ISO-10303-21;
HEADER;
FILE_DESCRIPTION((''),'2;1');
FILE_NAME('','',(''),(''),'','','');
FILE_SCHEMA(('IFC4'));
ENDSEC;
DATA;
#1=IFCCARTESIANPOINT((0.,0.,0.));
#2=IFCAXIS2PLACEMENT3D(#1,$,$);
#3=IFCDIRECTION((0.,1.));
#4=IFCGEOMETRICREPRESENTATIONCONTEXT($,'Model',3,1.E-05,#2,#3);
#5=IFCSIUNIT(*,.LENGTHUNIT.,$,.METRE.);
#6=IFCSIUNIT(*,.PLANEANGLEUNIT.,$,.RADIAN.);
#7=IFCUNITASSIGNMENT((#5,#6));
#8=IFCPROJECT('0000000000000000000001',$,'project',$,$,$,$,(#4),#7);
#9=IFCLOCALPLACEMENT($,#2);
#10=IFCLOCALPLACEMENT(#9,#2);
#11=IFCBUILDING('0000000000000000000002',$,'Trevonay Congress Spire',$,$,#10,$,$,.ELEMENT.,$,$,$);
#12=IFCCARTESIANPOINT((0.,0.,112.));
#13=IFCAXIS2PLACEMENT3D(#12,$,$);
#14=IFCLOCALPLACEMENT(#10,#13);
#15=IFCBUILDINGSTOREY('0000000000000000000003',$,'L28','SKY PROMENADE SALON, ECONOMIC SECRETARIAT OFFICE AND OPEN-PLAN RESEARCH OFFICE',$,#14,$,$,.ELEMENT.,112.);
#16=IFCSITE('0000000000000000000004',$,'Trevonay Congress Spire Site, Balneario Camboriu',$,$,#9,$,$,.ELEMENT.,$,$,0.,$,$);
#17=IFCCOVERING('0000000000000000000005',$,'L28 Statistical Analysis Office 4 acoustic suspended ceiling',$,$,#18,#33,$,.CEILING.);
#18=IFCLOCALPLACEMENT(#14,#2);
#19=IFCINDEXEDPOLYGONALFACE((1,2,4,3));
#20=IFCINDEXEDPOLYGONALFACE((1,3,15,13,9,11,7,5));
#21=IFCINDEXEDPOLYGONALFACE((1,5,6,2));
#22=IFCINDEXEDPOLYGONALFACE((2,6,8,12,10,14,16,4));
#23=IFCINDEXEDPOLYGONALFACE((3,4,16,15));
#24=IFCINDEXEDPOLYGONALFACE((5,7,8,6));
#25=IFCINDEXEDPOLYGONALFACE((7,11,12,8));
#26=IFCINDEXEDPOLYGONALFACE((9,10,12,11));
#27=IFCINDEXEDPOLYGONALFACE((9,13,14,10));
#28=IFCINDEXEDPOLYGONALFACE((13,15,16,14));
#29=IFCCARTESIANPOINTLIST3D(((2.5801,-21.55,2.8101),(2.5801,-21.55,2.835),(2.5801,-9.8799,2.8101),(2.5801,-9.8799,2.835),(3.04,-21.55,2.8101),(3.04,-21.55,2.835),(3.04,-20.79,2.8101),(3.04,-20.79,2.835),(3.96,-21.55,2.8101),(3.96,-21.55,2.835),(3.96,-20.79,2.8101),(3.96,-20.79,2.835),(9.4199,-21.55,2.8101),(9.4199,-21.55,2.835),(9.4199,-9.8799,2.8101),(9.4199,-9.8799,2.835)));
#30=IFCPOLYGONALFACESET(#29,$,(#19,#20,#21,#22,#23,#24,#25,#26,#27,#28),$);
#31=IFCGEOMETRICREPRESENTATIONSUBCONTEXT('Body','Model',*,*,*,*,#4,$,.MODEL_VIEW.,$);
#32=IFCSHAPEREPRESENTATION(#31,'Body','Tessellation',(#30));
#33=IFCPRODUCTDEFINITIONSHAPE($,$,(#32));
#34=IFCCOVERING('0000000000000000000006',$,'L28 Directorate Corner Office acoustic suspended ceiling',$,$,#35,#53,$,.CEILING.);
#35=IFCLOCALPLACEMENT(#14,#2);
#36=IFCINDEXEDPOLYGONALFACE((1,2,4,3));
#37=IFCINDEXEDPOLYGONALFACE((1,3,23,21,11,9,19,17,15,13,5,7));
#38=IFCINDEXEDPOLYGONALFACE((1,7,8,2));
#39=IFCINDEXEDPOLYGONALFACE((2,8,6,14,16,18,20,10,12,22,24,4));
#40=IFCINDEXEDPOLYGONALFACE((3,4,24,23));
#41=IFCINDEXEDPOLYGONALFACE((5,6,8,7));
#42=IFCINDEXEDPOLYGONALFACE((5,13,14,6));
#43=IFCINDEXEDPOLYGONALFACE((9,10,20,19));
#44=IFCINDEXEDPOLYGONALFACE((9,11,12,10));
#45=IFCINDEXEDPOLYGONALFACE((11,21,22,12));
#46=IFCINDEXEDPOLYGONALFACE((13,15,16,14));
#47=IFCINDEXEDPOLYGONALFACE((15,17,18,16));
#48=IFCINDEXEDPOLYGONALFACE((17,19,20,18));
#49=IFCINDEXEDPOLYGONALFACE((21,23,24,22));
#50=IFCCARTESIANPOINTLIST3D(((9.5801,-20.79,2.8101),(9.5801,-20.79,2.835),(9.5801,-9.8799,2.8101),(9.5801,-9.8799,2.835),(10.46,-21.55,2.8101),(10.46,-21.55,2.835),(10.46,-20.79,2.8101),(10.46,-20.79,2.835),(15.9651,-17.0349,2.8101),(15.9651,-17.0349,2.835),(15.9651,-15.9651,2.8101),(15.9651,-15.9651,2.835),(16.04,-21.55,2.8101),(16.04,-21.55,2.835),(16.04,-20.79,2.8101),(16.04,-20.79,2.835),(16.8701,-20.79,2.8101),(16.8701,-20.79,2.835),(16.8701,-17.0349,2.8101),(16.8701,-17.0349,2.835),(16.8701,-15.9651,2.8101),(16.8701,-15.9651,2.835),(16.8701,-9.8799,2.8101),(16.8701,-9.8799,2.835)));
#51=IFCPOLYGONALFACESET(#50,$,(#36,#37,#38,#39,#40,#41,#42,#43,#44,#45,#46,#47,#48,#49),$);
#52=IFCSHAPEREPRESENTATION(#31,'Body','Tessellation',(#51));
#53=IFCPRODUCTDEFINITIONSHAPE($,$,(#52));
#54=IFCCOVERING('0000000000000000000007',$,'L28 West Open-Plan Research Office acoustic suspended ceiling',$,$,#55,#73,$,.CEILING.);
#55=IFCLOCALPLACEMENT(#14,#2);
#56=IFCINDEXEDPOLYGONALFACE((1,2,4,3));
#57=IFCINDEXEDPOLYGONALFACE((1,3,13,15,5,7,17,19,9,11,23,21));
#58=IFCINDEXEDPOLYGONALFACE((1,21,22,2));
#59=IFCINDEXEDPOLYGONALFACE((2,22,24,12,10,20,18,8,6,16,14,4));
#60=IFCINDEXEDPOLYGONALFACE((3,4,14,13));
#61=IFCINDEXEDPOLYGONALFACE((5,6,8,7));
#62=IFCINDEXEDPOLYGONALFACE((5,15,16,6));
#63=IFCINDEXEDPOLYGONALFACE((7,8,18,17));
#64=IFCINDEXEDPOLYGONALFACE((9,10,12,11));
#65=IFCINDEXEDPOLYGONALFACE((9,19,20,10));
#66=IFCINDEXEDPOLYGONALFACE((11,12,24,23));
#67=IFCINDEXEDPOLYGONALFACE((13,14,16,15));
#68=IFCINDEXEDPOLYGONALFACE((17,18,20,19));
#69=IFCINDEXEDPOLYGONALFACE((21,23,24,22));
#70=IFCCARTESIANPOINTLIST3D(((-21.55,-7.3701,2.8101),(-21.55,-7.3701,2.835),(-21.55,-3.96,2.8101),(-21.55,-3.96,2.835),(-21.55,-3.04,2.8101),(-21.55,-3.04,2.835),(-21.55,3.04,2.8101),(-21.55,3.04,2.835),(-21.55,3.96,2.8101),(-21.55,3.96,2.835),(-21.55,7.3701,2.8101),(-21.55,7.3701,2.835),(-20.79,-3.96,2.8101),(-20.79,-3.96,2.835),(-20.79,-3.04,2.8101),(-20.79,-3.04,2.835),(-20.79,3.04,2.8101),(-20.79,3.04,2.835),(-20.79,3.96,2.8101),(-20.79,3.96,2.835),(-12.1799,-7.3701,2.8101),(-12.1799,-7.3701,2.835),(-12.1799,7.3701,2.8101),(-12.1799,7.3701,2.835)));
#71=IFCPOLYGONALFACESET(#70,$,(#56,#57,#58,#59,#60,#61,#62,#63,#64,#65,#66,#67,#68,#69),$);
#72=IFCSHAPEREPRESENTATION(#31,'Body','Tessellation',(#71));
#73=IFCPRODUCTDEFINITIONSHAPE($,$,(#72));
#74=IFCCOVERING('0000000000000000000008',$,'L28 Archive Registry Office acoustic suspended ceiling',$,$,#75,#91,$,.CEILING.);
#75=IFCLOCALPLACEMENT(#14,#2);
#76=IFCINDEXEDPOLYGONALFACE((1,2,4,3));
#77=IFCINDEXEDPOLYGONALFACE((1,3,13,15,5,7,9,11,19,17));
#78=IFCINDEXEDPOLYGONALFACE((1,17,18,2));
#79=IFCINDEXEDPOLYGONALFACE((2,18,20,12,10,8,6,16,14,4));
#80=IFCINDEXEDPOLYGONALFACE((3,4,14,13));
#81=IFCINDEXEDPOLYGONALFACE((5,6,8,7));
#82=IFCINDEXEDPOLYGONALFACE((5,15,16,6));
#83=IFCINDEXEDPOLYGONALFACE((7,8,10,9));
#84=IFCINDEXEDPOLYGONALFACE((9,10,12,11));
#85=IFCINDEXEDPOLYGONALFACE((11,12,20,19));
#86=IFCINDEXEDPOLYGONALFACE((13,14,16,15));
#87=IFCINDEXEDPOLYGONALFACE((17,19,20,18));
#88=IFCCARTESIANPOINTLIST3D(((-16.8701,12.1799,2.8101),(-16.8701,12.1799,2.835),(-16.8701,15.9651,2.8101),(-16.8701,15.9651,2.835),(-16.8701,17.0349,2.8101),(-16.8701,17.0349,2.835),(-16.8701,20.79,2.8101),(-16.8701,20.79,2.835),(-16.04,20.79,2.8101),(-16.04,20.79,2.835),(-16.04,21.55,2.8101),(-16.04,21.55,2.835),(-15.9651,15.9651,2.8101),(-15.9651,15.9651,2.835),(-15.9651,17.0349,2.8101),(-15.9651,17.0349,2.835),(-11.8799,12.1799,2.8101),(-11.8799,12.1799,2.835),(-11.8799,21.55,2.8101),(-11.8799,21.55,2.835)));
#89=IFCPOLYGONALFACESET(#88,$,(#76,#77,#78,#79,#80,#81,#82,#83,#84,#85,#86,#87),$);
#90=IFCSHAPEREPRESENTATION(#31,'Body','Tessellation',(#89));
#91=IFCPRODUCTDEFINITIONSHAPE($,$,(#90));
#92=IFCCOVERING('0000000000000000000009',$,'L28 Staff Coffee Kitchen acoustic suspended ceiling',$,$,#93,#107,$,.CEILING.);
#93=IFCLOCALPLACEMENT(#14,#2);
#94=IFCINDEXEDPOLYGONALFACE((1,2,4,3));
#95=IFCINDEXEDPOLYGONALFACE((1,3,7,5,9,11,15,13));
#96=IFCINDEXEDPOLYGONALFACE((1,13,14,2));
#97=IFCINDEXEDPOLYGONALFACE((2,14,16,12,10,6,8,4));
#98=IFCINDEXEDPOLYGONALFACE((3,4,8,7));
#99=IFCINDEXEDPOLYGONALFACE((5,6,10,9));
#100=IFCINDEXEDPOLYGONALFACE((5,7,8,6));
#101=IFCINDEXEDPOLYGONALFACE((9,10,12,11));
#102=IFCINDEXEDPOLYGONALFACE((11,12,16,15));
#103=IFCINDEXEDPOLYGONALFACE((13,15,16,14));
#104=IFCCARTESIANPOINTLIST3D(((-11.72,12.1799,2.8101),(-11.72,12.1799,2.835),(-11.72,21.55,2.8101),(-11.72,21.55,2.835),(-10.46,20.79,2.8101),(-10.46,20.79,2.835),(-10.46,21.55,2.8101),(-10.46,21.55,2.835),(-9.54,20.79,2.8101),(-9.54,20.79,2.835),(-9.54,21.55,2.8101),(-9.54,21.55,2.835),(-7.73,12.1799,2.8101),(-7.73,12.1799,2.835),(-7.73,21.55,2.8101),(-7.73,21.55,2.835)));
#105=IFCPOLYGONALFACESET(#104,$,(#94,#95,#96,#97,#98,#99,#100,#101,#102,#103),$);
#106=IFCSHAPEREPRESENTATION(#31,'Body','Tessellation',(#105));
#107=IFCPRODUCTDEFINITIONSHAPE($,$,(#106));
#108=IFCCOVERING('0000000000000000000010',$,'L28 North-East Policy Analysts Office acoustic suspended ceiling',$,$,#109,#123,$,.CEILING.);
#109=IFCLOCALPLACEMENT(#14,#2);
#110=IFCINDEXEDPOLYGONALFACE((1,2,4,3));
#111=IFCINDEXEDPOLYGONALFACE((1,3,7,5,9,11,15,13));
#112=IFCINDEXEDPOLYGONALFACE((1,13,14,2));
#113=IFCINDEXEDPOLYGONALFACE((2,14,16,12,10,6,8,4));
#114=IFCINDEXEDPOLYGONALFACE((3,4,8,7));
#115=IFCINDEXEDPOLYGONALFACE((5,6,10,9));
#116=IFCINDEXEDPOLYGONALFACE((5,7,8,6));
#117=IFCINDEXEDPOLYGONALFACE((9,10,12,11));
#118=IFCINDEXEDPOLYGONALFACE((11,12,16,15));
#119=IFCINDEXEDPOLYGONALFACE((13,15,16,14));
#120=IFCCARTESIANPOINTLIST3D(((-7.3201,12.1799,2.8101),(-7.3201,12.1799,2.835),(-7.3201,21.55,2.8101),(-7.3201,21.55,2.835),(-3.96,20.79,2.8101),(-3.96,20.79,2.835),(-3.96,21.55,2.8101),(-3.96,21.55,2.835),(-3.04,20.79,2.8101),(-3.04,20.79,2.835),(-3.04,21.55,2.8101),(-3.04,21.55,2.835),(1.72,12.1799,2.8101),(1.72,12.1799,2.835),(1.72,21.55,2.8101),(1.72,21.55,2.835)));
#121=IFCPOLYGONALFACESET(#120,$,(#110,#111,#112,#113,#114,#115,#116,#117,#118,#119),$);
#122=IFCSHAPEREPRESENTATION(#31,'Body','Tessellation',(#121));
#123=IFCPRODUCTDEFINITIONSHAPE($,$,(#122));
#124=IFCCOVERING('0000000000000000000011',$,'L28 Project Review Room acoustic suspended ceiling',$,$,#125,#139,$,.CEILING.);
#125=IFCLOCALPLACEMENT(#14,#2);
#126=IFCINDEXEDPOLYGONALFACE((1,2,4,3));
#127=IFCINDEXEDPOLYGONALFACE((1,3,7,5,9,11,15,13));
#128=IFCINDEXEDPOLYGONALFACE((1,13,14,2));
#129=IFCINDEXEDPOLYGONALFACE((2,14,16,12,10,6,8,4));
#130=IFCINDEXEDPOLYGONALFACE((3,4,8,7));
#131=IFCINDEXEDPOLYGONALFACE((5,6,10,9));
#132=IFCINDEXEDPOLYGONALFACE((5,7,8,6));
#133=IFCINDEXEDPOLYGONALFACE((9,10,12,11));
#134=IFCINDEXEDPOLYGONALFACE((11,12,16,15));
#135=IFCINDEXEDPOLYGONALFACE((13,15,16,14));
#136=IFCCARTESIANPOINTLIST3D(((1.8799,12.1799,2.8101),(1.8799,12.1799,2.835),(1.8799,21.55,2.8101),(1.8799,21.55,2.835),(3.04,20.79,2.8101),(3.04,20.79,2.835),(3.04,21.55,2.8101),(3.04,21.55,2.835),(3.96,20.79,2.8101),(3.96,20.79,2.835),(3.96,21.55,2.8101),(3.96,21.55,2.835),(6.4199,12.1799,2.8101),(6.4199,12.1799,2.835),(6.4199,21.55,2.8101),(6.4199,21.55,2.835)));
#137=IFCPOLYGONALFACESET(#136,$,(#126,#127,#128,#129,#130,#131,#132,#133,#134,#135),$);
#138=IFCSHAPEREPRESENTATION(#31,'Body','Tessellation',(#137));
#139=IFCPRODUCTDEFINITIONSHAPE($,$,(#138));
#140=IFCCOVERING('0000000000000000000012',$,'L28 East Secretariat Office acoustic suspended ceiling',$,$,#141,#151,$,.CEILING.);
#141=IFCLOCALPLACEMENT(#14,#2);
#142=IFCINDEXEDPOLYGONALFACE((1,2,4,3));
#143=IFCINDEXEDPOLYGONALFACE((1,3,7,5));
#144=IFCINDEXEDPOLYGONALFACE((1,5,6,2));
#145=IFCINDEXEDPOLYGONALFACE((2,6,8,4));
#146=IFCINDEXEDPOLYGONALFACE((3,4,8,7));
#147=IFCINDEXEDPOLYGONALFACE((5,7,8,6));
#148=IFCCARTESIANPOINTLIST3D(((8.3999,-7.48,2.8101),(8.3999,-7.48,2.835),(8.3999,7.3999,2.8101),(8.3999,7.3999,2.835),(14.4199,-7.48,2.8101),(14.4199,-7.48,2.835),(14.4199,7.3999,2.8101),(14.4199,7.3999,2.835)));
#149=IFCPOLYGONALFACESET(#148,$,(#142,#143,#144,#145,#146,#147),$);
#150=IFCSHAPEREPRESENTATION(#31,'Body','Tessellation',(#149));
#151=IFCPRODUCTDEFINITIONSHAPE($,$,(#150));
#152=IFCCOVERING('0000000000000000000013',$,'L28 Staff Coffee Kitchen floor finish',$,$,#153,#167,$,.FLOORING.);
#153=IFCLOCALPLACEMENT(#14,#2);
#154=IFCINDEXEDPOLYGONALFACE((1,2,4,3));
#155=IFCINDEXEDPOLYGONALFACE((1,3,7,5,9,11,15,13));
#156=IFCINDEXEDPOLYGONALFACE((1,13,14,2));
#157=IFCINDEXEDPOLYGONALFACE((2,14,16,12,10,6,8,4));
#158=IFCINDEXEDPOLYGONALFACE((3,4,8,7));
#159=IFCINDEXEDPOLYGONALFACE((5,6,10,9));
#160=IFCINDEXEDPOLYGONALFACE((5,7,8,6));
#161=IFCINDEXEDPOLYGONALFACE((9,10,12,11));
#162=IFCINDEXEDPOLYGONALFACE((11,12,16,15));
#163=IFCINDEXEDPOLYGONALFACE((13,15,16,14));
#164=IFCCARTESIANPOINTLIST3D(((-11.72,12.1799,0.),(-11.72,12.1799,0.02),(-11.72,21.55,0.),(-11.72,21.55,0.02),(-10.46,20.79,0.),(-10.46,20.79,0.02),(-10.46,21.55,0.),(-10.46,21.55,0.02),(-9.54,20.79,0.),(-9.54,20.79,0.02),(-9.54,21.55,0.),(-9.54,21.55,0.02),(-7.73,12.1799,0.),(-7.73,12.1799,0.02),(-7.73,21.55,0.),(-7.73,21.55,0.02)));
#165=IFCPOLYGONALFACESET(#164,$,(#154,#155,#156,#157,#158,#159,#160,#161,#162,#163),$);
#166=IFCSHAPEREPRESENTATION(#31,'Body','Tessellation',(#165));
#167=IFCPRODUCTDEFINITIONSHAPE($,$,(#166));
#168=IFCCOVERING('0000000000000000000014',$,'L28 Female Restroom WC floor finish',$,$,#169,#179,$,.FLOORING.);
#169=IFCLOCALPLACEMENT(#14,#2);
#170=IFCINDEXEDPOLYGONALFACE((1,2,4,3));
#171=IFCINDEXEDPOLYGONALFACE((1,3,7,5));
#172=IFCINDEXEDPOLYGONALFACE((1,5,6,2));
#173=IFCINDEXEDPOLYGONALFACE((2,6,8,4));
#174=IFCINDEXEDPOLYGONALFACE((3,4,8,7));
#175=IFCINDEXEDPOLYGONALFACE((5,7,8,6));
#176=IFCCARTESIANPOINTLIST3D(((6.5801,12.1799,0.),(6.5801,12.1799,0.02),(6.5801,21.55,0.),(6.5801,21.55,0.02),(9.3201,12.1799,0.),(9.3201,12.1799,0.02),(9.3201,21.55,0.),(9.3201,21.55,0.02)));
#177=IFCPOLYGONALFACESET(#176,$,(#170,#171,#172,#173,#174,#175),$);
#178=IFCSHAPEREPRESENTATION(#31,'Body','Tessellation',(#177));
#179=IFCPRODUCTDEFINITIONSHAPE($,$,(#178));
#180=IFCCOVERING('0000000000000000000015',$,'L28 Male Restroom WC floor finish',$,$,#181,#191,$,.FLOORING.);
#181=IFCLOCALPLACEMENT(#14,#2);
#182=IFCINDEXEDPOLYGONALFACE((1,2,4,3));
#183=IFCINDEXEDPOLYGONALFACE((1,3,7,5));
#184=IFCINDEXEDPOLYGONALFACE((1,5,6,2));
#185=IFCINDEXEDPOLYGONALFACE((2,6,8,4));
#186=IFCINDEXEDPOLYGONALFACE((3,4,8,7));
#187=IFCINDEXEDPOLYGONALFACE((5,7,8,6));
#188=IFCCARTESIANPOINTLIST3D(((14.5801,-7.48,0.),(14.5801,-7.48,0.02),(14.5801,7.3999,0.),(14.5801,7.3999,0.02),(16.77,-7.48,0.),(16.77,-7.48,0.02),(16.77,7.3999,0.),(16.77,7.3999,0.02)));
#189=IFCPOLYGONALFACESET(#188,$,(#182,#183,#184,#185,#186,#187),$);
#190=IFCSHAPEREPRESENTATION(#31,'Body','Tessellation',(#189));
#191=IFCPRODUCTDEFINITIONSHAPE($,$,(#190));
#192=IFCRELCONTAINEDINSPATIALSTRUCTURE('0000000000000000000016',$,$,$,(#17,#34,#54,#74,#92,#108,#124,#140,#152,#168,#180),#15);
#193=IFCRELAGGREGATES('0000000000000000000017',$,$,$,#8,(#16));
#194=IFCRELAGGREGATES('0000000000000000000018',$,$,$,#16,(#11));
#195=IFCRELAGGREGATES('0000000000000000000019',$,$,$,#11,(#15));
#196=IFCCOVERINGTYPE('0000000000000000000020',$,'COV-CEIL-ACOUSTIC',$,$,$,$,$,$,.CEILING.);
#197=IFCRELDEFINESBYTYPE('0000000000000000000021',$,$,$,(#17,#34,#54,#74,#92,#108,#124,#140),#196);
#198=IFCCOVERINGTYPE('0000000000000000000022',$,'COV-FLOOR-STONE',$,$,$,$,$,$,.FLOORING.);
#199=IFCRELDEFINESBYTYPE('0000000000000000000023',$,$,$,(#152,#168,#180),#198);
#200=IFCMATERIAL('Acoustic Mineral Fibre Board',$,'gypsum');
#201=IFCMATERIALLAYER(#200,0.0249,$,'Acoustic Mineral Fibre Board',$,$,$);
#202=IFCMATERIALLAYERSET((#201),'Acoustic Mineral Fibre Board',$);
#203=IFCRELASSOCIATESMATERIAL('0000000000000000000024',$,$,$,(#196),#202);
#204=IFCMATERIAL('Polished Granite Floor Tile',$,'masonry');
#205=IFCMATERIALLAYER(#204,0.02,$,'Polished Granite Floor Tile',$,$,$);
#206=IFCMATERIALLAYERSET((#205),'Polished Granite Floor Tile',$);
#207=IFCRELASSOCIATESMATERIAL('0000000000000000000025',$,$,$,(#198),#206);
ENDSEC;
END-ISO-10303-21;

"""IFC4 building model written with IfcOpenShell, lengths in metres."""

from ifc_helpers import new_model, si_unit, direction, frame, origin, place, context, subcontext, project, spatial, polyline, outline, extrude, material, layer, layer_set, type_object, element, save


model = new_model("IFC4")

# Units and contexts
model_context = context("Model", 3, precision=1e-05, world=origin(), true_north=direction((0.0, 1.0)))
body_context = subcontext(model_context, "Body", "Model", "MODEL_VIEW")
ifc_project = project(units=[si_unit("LENGTHUNIT", "METRE"), si_unit("PLANEANGLEUNIT", "RADIAN")], contexts=[model_context])

# Site, building, storey
site_placement = place(None, origin())
site = spatial("IfcSite", under=ifc_project, at=site_placement, Name="Trevonay Congress Spire Site, Balneario Camboriu", CompositionType="ELEMENT", RefElevation=0.0)
building_placement = place(site_placement, origin())
building = spatial("IfcBuilding", under=site, at=building_placement, Name="Trevonay Congress Spire", CompositionType="ELEMENT")
storey_placement = place(building_placement, frame((0.0, 0.0, 112.0)))
storey = spatial("IfcBuildingStorey", under=building, at=storey_placement, Name="L28", Description="SKY PROMENADE SALON, ECONOMIC SECRETARIAT OFFICE AND OPEN-PLAN RESEARCH OFFICE", CompositionType="ELEMENT", Elevation=112.0)

# Coverings
ifc_material_1 = material(Name="Acoustic Mineral Fibre Board", Category="gypsum")
ifc_layer_1 = layer(ifc_material_1, 0.0249, Name="Acoustic Mineral Fibre Board")
ifc_layer_set_1 = layer_set([ifc_layer_1], Name="Acoustic Mineral Fibre Board")
covering_type_1 = type_object("IfcCoveringType", Name="COV-CEIL-ACOUSTIC", PredefinedType="CEILING", material=ifc_layer_set_1)
covering_1_placement = place(storey_placement, frame((0.0, 0.0, 2.8101)))
element("IfcCovering", 1, at=covering_1_placement, inside=storey, type_object=covering_type_1, Name="L28 Statistical Analysis Office 4 acoustic suspended ceiling", PredefinedType="CEILING", context=body_context, shape_type="SweptSolid", body=[
    extrude(outline(polyline([(2.5801, -21.55), (2.5801, -9.8799), (9.4199, -9.8799), (9.4199, -21.55), (3.96, -21.55), (3.96, -20.79), (3.04, -20.79), (3.04, -21.55), (2.5801, -21.55)])), origin(), (0.0, 0.0, 1.0), 0.0249),
])
covering_2_placement = place(storey_placement, frame((0.0, 0.0, 2.8101)))
element("IfcCovering", 2, at=covering_2_placement, inside=storey, type_object=covering_type_1, Name="L28 Directorate Corner Office acoustic suspended ceiling", PredefinedType="CEILING", context=body_context, shape_type="SweptSolid", body=[
    extrude(outline(polyline([(10.46, -21.55), (10.46, -20.79), (9.5801, -20.79), (9.5801, -9.8799), (16.8701, -9.8799), (16.8701, -15.9651), (15.9651, -15.9651), (15.9651, -17.0349), (16.8701, -17.0349), (16.8701, -20.79), (16.04, -20.79), (16.04, -21.55), (10.46, -21.55)])), origin(), (0.0, 0.0, 1.0), 0.0249),
])
covering_3_placement = place(storey_placement, frame((0.0, 0.0, 2.8101)))
element("IfcCovering", 3, at=covering_3_placement, inside=storey, type_object=covering_type_1, Name="L28 West Open-Plan Research Office acoustic suspended ceiling", PredefinedType="CEILING", context=body_context, shape_type="SweptSolid", body=[
    extrude(outline(polyline([(-21.55, 7.3701), (-12.1799, 7.3701), (-12.1799, -7.3701), (-21.55, -7.3701), (-21.55, -3.96), (-20.79, -3.96), (-20.79, -3.04), (-21.55, -3.04), (-21.55, 3.04), (-20.79, 3.04), (-20.79, 3.96), (-21.55, 3.96), (-21.55, 7.3701)])), origin(), (0.0, 0.0, 1.0), 0.0249),
])
covering_4_placement = place(storey_placement, frame((0.0, 0.0, 2.8101)))
element("IfcCovering", 4, at=covering_4_placement, inside=storey, type_object=covering_type_1, Name="L28 Archive Registry Office acoustic suspended ceiling", PredefinedType="CEILING", context=body_context, shape_type="SweptSolid", body=[
    extrude(outline(polyline([(-11.8799, 21.55), (-11.8799, 12.1799), (-16.8701, 12.1799), (-16.8701, 15.9651), (-15.9651, 15.9651), (-15.9651, 17.0349), (-16.8701, 17.0349), (-16.8701, 20.79), (-16.04, 20.79), (-16.04, 21.55), (-11.8799, 21.55)])), origin(), (0.0, 0.0, 1.0), 0.0249),
])
covering_5_placement = place(storey_placement, frame((0.0, 0.0, 2.8101)))
element("IfcCovering", 5, at=covering_5_placement, inside=storey, type_object=covering_type_1, Name="L28 Staff Coffee Kitchen acoustic suspended ceiling", PredefinedType="CEILING", context=body_context, shape_type="SweptSolid", body=[
    extrude(outline(polyline([(-7.73, 21.55), (-7.73, 12.1799), (-11.72, 12.1799), (-11.72, 21.55), (-10.46, 21.55), (-10.46, 20.79), (-9.54, 20.79), (-9.54, 21.55), (-7.73, 21.55)])), origin(), (0.0, 0.0, 1.0), 0.0249),
])
covering_6_placement = place(storey_placement, frame((0.0, 0.0, 2.8101)))
element("IfcCovering", 6, at=covering_6_placement, inside=storey, type_object=covering_type_1, Name="L28 North-East Policy Analysts Office acoustic suspended ceiling", PredefinedType="CEILING", context=body_context, shape_type="SweptSolid", body=[
    extrude(outline(polyline([(1.72, 21.55), (1.72, 12.1799), (-7.3201, 12.1799), (-7.3201, 21.55), (-3.96, 21.55), (-3.96, 20.79), (-3.04, 20.79), (-3.04, 21.55), (1.72, 21.55)])), origin(), (0.0, 0.0, 1.0), 0.0249),
])
covering_7_placement = place(storey_placement, frame((0.0, 0.0, 2.8101)))
element("IfcCovering", 7, at=covering_7_placement, inside=storey, type_object=covering_type_1, Name="L28 Project Review Room acoustic suspended ceiling", PredefinedType="CEILING", context=body_context, shape_type="SweptSolid", body=[
    extrude(outline(polyline([(6.4199, 21.55), (6.4199, 12.1799), (1.8799, 12.1799), (1.8799, 21.55), (3.04, 21.55), (3.04, 20.79), (3.96, 20.79), (3.96, 21.55), (6.4199, 21.55)])), origin(), (0.0, 0.0, 1.0), 0.0249),
])
covering_8_placement = place(storey_placement, frame((0.0, 0.0, 2.8101)))
element("IfcCovering", 8, at=covering_8_placement, inside=storey, type_object=covering_type_1, Name="L28 East Secretariat Office acoustic suspended ceiling", PredefinedType="CEILING", context=body_context, shape_type="SweptSolid", body=[
    extrude(outline(polyline([(8.3999, -7.48), (14.4199, -7.48), (14.4199, 7.3999), (8.3999, 7.3999), (8.3999, -7.48)])), origin(), (0.0, 0.0, 1.0), 0.0249),
])
ifc_material_2 = material(Name="Polished Granite Floor Tile", Category="masonry")
ifc_layer_2 = layer(ifc_material_2, 0.02, Name="Polished Granite Floor Tile")
ifc_layer_set_2 = layer_set([ifc_layer_2], Name="Polished Granite Floor Tile")
covering_type_2 = type_object("IfcCoveringType", Name="COV-FLOOR-STONE", PredefinedType="FLOORING", material=ifc_layer_set_2)
covering_9_placement = place(storey_placement, origin())
element("IfcCovering", 9, at=covering_9_placement, inside=storey, type_object=covering_type_2, Name="L28 Staff Coffee Kitchen floor finish", PredefinedType="FLOORING", context=body_context, shape_type="SweptSolid", body=[
    extrude(outline(polyline([(-7.73, 21.55), (-7.73, 12.1799), (-11.72, 12.1799), (-11.72, 21.55), (-10.46, 21.55), (-10.46, 20.79), (-9.54, 20.79), (-9.54, 21.55), (-7.73, 21.55)])), origin(), (0.0, 0.0, 1.0), 0.02),
])
covering_10_placement = place(storey_placement, origin())
element("IfcCovering", 10, at=covering_10_placement, inside=storey, type_object=covering_type_2, Name="L28 Female Restroom WC floor finish", PredefinedType="FLOORING", context=body_context, shape_type="SweptSolid", body=[
    extrude(outline(polyline([(6.5801, 12.1799), (9.3201, 12.1799), (9.3201, 21.55), (6.5801, 21.55), (6.5801, 12.1799)])), origin(), (0.0, 0.0, 1.0), 0.02),
])
covering_11_placement = place(storey_placement, origin())
element("IfcCovering", 11, at=covering_11_placement, inside=storey, type_object=covering_type_2, Name="L28 Male Restroom WC floor finish", PredefinedType="FLOORING", context=body_context, shape_type="SweptSolid", body=[
    extrude(outline(polyline([(14.5801, -7.48), (16.77, -7.48), (16.77, 7.3999), (14.5801, 7.3999), (14.5801, -7.48)])), origin(), (0.0, 0.0, 1.0), 0.02),
])

save(model, "model.ifc")
